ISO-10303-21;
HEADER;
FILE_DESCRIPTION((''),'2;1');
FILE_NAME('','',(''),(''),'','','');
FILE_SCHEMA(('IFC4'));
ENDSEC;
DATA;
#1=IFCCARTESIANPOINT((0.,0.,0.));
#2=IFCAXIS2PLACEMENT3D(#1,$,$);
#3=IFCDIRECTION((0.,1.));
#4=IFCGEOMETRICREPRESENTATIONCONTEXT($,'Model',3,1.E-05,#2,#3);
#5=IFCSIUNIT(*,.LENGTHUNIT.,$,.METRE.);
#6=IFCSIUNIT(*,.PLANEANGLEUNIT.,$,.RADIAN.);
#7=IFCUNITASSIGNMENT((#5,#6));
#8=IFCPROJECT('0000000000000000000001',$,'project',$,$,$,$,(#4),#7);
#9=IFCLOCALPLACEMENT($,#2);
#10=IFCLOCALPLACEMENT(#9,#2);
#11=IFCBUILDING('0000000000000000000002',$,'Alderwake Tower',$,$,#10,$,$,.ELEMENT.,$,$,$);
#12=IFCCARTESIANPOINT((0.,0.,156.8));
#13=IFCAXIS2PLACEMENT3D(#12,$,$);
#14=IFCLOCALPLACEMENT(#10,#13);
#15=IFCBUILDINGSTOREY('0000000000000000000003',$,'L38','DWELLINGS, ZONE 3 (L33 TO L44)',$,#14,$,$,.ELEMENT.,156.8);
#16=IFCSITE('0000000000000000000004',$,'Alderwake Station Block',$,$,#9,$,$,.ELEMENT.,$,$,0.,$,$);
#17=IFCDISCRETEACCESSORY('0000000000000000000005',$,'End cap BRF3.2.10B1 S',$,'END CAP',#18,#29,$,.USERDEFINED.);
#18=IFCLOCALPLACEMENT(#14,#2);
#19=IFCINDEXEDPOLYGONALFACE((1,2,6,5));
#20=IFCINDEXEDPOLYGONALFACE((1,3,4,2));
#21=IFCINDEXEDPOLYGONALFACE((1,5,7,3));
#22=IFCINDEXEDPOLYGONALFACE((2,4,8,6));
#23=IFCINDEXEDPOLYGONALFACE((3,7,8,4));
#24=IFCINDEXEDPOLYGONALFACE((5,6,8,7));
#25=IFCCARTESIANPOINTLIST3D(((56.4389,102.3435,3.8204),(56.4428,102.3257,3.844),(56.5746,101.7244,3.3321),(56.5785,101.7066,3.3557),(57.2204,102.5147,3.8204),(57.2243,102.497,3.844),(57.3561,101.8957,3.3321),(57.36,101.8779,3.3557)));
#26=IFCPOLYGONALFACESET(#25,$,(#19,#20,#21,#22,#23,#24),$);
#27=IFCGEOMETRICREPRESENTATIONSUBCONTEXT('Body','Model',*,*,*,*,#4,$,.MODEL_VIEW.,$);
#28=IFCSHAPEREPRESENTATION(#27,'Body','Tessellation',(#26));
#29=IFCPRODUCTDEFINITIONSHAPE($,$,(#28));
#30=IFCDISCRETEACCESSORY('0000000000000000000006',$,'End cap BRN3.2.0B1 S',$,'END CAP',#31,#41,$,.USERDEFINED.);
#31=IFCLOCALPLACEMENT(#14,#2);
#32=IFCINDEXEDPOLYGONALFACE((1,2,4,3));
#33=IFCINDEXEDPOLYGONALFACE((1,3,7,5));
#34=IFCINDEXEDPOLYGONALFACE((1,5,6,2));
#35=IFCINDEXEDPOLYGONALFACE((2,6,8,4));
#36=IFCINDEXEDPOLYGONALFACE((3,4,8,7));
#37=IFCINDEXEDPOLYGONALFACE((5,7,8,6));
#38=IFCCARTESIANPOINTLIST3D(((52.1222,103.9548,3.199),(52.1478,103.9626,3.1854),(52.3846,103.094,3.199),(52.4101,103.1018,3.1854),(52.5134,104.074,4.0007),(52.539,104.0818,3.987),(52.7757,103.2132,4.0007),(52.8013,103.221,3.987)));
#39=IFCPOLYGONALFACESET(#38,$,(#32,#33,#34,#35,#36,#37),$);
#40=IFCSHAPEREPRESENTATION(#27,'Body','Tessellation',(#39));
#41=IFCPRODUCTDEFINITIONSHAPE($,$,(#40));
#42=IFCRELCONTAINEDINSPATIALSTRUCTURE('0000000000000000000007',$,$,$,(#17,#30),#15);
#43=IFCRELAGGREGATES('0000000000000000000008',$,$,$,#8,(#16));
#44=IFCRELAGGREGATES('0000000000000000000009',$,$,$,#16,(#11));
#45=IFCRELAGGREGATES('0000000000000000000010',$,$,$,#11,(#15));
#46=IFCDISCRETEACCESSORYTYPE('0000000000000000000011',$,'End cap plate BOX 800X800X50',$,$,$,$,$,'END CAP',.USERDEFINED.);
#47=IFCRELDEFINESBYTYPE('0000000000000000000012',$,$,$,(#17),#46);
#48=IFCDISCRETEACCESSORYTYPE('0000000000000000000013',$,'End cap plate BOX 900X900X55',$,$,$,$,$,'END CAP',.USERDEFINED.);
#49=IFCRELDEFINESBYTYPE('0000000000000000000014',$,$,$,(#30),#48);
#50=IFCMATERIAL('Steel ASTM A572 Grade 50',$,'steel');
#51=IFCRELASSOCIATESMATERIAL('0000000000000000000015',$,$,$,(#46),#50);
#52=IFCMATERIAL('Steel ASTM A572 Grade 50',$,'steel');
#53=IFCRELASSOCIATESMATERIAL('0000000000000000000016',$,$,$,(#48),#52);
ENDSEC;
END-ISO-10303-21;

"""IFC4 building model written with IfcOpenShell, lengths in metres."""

from ifc_helpers import new_model, si_unit, direction, frame, origin, origin_2d, place, context, subcontext, project, spatial, rectangle, extrude, material, material_profile, profile_set, type_object, element, save


model = new_model("IFC4")

# Units and contexts
model_context = context("Model", 3, precision=1e-05, world=origin(), true_north=direction((0.0, 1.0)))
body_context = subcontext(model_context, "Body", "Model", "MODEL_VIEW")
ifc_project = project(units=[si_unit("LENGTHUNIT", "METRE"), si_unit("PLANEANGLEUNIT", "RADIAN")], contexts=[model_context])

# Site, building, storey
site_placement = place(None, origin())
site = spatial("IfcSite", under=ifc_project, at=site_placement, Name="Alderwake Station Block", CompositionType="ELEMENT", RefElevation=0.0)
building_placement = place(site_placement, origin())
building = spatial("IfcBuilding", under=site, at=building_placement, Name="Alderwake Tower", CompositionType="ELEMENT")
storey_placement = place(building_placement, frame((0.0, 0.0, 156.8)))
storey = spatial("IfcBuildingStorey", under=building, at=storey_placement, Name="L38", Description="DWELLINGS, ZONE 3 (L33 TO L44)", CompositionType="ELEMENT", Elevation=156.8)

# Discrete accessories
ifc_material_1 = material(Name="Steel ASTM A572 Grade 50", Category="steel")
ifc_material_profile_1 = material_profile(ifc_material_1, rectangle(XDim=0.8, YDim=0.8, at=origin_2d()), Name="BOX 800X800X50 cap")
ifc_profile_set_1 = profile_set([ifc_material_profile_1], Name="Steel ASTM A572 Grade 50")
discrete_accessory_type_1 = type_object("IfcDiscreteAccessoryType", Name="End cap plate BOX 800X800X50", ElementType="END CAP", PredefinedType="USERDEFINED", material=ifc_profile_set_1)
discrete_accessory_1_placement = place(storey_placement, frame((56.9014, 102.1018, 3.5999), z_axis=(-0.130666, 0.596162, -0.79216), x_axis=(-0.976813, -0.214096, 0.0)))
element("IfcDiscreteAccessory", 1, at=discrete_accessory_1_placement, inside=storey, type_object=discrete_accessory_type_1, Name="End cap BRF3.2.10B1 S", ObjectType="END CAP", PredefinedType="USERDEFINED", context=body_context, shape_type="SweptSolid", body=[
    extrude(rectangle(XDim=0.8, YDim=0.8, at=origin_2d()), origin(), (0.0, 0.0, 1.0), 0.0298),
])
ifc_material_2 = material(Name="Steel ASTM A572 Grade 50", Category="steel")
ifc_material_profile_2 = material_profile(ifc_material_2, rectangle(XDim=0.8999, YDim=0.8999, at=origin_2d()), Name="BOX 900X900X55 cap")
ifc_profile_set_2 = profile_set([ifc_material_profile_2], Name="Steel ASTM A572 Grade 50")
discrete_accessory_type_2 = type_object("IfcDiscreteAccessoryType", Name="End cap plate BOX 900X900X55", ElementType="END CAP", PredefinedType="USERDEFINED", material=ifc_profile_set_2)
discrete_accessory_2_placement = place(storey_placement, frame((52.449, 103.584, 3.5999), z_axis=(0.852083, 0.259682, -0.454444), x_axis=(-0.291524, 0.956563, 0.0)))
element("IfcDiscreteAccessory", 2, at=discrete_accessory_2_placement, inside=storey, type_object=discrete_accessory_type_2, Name="End cap BRN3.2.0B1 S", ObjectType="END CAP", PredefinedType="USERDEFINED", context=body_context, shape_type="SweptSolid", body=[
    extrude(rectangle(XDim=0.8999, YDim=0.8999, at=origin_2d()), origin(), (0.0, 0.0, 1.0), 0.03),
])

save(model, "model.ifc")
